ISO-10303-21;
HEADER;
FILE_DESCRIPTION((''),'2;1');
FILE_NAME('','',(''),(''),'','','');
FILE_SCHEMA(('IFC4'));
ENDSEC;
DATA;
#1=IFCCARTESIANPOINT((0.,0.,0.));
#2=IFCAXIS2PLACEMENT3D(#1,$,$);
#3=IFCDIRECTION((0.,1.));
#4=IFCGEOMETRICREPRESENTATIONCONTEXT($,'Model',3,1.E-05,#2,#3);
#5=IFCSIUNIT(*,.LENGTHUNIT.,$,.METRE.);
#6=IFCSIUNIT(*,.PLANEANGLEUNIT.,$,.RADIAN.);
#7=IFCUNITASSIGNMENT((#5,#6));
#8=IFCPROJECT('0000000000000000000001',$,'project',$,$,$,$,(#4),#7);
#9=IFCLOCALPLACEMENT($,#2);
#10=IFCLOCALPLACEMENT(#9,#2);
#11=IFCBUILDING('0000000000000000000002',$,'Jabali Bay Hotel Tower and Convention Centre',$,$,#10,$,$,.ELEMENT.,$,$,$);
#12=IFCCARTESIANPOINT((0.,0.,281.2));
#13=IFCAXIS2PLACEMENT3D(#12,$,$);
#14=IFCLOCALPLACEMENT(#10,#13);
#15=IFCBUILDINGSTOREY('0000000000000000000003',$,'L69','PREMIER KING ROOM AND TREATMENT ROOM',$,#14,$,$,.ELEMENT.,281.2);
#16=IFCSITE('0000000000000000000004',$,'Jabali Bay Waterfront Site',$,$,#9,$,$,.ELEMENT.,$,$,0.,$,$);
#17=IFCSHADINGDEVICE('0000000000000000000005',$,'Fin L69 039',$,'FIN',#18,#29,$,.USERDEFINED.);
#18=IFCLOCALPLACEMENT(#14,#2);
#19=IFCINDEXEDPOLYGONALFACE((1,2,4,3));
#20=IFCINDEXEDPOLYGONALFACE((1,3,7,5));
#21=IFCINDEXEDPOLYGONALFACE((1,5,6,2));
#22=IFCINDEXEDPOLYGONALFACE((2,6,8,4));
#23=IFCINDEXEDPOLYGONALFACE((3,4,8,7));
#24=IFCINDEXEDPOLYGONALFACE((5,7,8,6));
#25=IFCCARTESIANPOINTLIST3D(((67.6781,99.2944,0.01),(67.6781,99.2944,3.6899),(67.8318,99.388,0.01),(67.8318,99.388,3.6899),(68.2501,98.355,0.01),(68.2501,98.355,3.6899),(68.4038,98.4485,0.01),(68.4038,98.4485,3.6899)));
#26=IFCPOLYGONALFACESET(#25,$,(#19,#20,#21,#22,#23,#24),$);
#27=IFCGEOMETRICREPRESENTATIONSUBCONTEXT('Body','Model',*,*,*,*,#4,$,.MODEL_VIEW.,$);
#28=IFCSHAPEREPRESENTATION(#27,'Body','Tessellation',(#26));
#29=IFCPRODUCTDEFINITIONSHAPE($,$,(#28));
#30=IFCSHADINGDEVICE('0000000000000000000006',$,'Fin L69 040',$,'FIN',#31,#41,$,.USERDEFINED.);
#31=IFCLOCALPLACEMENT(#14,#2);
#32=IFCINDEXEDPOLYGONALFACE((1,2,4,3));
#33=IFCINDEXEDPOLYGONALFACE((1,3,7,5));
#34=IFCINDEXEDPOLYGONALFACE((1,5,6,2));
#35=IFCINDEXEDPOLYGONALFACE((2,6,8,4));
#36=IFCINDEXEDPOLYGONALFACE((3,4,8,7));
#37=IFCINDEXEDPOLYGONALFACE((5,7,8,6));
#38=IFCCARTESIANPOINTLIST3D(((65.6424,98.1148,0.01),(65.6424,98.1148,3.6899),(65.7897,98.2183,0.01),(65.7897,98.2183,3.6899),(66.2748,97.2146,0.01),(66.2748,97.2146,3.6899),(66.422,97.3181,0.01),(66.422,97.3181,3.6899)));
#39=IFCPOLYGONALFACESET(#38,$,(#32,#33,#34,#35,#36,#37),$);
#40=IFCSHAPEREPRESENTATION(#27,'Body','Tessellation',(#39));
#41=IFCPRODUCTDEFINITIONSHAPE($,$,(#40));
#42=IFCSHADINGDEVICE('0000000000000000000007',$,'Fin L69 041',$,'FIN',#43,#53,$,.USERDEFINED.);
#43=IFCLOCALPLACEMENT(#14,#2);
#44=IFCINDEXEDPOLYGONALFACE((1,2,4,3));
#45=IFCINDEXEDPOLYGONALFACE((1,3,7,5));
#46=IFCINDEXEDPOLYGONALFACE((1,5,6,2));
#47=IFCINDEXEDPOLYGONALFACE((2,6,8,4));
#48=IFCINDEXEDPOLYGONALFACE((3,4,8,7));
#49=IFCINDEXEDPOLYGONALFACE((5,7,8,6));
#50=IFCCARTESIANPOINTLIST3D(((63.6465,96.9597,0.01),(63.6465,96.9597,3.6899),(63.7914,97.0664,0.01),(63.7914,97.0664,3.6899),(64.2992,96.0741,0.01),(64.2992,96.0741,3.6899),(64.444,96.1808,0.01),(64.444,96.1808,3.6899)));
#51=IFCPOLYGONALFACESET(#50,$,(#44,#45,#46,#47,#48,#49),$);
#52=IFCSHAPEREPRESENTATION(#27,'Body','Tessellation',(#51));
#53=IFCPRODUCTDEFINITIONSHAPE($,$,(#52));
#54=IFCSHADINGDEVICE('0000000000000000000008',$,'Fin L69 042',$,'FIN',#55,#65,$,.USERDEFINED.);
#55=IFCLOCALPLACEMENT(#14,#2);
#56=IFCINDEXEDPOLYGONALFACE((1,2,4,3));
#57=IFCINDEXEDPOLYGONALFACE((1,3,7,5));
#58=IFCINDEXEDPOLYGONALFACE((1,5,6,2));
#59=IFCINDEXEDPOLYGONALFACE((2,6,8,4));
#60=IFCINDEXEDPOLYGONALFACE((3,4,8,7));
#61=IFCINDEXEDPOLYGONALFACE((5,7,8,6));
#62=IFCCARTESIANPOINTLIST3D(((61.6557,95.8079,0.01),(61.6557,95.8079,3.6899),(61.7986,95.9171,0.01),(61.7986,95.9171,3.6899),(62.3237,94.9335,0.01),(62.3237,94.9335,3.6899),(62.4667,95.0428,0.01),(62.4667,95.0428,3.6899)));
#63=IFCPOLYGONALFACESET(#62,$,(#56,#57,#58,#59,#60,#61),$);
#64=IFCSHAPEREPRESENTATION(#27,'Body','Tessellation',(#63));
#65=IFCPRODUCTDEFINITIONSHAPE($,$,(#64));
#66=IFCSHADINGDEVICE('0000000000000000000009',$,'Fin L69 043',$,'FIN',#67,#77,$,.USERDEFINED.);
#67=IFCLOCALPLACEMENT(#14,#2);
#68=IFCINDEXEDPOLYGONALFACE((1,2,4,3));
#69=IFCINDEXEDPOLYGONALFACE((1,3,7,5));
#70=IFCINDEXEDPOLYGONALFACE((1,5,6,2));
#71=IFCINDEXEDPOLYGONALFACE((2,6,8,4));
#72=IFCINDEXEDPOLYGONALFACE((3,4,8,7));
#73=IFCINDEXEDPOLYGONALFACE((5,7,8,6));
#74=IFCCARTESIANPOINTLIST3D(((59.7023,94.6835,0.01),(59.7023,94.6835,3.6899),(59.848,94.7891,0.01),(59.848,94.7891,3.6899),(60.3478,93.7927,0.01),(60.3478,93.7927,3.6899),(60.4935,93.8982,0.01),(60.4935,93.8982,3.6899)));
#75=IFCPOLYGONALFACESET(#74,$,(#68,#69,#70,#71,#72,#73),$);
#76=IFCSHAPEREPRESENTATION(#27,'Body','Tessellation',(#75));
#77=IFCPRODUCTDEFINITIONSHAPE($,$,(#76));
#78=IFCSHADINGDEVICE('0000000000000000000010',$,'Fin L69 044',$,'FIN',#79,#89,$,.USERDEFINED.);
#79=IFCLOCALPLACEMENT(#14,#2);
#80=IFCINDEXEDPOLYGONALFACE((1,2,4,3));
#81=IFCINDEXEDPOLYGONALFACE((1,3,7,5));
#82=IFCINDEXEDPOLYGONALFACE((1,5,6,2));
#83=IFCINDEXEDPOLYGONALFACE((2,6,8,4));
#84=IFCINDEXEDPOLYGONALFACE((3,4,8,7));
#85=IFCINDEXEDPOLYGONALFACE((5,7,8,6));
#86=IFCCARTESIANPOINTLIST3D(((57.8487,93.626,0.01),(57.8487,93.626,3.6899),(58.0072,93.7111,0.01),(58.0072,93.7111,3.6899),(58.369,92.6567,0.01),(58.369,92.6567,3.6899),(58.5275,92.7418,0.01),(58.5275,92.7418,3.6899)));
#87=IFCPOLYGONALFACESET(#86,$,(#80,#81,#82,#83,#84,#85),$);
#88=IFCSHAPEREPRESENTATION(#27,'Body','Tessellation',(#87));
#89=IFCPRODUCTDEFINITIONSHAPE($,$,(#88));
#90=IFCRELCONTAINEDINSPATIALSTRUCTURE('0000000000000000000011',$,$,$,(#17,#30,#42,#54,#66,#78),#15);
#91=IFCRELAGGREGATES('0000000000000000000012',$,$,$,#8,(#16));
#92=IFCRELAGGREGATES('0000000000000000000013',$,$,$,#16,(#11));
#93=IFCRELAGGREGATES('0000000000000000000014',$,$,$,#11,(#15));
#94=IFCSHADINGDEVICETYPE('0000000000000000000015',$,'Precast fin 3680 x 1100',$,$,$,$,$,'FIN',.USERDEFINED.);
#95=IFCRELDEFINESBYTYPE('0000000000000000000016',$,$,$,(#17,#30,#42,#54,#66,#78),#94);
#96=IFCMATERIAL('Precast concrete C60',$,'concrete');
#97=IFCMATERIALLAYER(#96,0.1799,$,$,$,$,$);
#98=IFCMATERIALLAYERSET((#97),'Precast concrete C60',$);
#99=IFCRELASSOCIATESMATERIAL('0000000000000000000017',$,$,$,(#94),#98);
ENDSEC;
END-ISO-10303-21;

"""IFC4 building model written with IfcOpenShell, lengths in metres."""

from ifc_helpers import new_model, si_unit, direction, frame, frame_2d, origin, place, context, subcontext, project, spatial, rectangle, extrude, material, layer, layer_set, type_object, element, save


model = new_model("IFC4")

# Units and contexts
model_context = context("Model", 3, precision=1e-05, world=origin(), true_north=direction((0.0, 1.0)))
body_context = subcontext(model_context, "Body", "Model", "MODEL_VIEW")
ifc_project = project(units=[si_unit("LENGTHUNIT", "METRE"), si_unit("PLANEANGLEUNIT", "RADIAN")], contexts=[model_context])

# Site, building, storey
site_placement = place(None, origin())
site = spatial("IfcSite", under=ifc_project, at=site_placement, Name="Jabali Bay Waterfront Site", CompositionType="ELEMENT", RefElevation=0.0)
building_placement = place(site_placement, origin())
building = spatial("IfcBuilding", under=site, at=building_placement, Name="Jabali Bay Hotel Tower and Convention Centre", CompositionType="ELEMENT")
storey_placement = place(building_placement, frame((0.0, 0.0, 281.2)))
storey = spatial("IfcBuildingStorey", under=building, at=storey_placement, Name="L69", Description="PREMIER KING ROOM AND TREATMENT ROOM", CompositionType="ELEMENT", Elevation=281.2)

# Shading devices
ifc_material_1 = material(Name="Precast concrete C60", Category="concrete")
ifc_layer_1 = layer(ifc_material_1, 0.1799)
ifc_layer_set_1 = layer_set([ifc_layer_1], Name="Precast concrete C60")
shading_device_type = type_object("IfcShadingDeviceType", Name="Precast fin 3680 x 1100", ElementType="FIN", PredefinedType="USERDEFINED", material=ifc_layer_set_1)
for number, where, z_axis, x_axis, name in (
    (1, (68.3269, 98.4019, 0.01), (0.0, 0.0, 1.0), (-0.520067, 0.854126, 0.0), "Fin L69 039"),
):
    element("IfcShadingDevice", number, at=place(storey_placement, frame(where, z_axis=z_axis, x_axis=x_axis)), inside=storey, type_object=shading_device_type, Name=name, ObjectType="FIN", PredefinedType="USERDEFINED", context=body_context, shape_type="SweptSolid", body=[
        extrude(rectangle(XDim=1.0999, YDim=0.1799, at=frame_2d((0.5498, 0.0))), origin(), (0.0, 0.0, 1.0), 3.6799),
    ])
for number, where, z_axis, x_axis, name in (
    (2, (66.3484, 97.2664, 0.01), (0.0, 0.0, 1.0), (-0.574817, 0.818282, 0.0), "Fin L69 040"),
    (3, (64.3716, 96.1274, 0.01), (0.0, 0.0, 1.0), (-0.593267, 0.805006, 0.0), "Fin L69 041"),
):
    element("IfcShadingDevice", number, at=place(storey_placement, frame(where, z_axis=z_axis, x_axis=x_axis)), inside=storey, type_object=shading_device_type, Name=name, ObjectType="FIN", PredefinedType="USERDEFINED", context=body_context, shape_type="SweptSolid", body=[
        extrude(rectangle(XDim=1.1001, YDim=0.1799, at=frame_2d((0.55, 0.0))), origin(), (0.0, 0.0, 1.0), 3.6799),
    ])
shading_device_1_placement = place(storey_placement, frame((62.3953, 94.988, 0.01), z_axis=(0.0, 0.0, 1.0), x_axis=(-0.607112, 0.794616, 0.0)))
element("IfcShadingDevice", 4, at=shading_device_1_placement, inside=storey, type_object=shading_device_type, Name="Fin L69 042", ObjectType="FIN", PredefinedType="USERDEFINED", context=body_context, shape_type="SweptSolid", body=[
    extrude(rectangle(XDim=1.1003, YDim=0.1799, at=frame_2d((0.5503, 0.0))), origin(), (0.0, 0.0, 1.0), 3.6799),
])
for number, where, z_axis, x_axis, name in (
    (5, (60.4207, 93.8455, 0.01), (0.0, 0.0, 1.0), (-0.586746, 0.809771, 0.0), "Fin L69 043"),
    (6, (58.4482, 92.6992, 0.01), (0.0, 0.0, 1.0), (-0.472948, 0.88109, 0.0), "Fin L69 044"),
):
    element("IfcShadingDevice", number, at=place(storey_placement, frame(where, z_axis=z_axis, x_axis=x_axis)), inside=storey, type_object=shading_device_type, Name=name, ObjectType="FIN", PredefinedType="USERDEFINED", context=body_context, shape_type="SweptSolid", body=[
        extrude(rectangle(XDim=1.1001, YDim=0.1799, at=frame_2d((0.55, 0.0))), origin(), (0.0, 0.0, 1.0), 3.6799),
    ])

save(model, "model.ifc")
